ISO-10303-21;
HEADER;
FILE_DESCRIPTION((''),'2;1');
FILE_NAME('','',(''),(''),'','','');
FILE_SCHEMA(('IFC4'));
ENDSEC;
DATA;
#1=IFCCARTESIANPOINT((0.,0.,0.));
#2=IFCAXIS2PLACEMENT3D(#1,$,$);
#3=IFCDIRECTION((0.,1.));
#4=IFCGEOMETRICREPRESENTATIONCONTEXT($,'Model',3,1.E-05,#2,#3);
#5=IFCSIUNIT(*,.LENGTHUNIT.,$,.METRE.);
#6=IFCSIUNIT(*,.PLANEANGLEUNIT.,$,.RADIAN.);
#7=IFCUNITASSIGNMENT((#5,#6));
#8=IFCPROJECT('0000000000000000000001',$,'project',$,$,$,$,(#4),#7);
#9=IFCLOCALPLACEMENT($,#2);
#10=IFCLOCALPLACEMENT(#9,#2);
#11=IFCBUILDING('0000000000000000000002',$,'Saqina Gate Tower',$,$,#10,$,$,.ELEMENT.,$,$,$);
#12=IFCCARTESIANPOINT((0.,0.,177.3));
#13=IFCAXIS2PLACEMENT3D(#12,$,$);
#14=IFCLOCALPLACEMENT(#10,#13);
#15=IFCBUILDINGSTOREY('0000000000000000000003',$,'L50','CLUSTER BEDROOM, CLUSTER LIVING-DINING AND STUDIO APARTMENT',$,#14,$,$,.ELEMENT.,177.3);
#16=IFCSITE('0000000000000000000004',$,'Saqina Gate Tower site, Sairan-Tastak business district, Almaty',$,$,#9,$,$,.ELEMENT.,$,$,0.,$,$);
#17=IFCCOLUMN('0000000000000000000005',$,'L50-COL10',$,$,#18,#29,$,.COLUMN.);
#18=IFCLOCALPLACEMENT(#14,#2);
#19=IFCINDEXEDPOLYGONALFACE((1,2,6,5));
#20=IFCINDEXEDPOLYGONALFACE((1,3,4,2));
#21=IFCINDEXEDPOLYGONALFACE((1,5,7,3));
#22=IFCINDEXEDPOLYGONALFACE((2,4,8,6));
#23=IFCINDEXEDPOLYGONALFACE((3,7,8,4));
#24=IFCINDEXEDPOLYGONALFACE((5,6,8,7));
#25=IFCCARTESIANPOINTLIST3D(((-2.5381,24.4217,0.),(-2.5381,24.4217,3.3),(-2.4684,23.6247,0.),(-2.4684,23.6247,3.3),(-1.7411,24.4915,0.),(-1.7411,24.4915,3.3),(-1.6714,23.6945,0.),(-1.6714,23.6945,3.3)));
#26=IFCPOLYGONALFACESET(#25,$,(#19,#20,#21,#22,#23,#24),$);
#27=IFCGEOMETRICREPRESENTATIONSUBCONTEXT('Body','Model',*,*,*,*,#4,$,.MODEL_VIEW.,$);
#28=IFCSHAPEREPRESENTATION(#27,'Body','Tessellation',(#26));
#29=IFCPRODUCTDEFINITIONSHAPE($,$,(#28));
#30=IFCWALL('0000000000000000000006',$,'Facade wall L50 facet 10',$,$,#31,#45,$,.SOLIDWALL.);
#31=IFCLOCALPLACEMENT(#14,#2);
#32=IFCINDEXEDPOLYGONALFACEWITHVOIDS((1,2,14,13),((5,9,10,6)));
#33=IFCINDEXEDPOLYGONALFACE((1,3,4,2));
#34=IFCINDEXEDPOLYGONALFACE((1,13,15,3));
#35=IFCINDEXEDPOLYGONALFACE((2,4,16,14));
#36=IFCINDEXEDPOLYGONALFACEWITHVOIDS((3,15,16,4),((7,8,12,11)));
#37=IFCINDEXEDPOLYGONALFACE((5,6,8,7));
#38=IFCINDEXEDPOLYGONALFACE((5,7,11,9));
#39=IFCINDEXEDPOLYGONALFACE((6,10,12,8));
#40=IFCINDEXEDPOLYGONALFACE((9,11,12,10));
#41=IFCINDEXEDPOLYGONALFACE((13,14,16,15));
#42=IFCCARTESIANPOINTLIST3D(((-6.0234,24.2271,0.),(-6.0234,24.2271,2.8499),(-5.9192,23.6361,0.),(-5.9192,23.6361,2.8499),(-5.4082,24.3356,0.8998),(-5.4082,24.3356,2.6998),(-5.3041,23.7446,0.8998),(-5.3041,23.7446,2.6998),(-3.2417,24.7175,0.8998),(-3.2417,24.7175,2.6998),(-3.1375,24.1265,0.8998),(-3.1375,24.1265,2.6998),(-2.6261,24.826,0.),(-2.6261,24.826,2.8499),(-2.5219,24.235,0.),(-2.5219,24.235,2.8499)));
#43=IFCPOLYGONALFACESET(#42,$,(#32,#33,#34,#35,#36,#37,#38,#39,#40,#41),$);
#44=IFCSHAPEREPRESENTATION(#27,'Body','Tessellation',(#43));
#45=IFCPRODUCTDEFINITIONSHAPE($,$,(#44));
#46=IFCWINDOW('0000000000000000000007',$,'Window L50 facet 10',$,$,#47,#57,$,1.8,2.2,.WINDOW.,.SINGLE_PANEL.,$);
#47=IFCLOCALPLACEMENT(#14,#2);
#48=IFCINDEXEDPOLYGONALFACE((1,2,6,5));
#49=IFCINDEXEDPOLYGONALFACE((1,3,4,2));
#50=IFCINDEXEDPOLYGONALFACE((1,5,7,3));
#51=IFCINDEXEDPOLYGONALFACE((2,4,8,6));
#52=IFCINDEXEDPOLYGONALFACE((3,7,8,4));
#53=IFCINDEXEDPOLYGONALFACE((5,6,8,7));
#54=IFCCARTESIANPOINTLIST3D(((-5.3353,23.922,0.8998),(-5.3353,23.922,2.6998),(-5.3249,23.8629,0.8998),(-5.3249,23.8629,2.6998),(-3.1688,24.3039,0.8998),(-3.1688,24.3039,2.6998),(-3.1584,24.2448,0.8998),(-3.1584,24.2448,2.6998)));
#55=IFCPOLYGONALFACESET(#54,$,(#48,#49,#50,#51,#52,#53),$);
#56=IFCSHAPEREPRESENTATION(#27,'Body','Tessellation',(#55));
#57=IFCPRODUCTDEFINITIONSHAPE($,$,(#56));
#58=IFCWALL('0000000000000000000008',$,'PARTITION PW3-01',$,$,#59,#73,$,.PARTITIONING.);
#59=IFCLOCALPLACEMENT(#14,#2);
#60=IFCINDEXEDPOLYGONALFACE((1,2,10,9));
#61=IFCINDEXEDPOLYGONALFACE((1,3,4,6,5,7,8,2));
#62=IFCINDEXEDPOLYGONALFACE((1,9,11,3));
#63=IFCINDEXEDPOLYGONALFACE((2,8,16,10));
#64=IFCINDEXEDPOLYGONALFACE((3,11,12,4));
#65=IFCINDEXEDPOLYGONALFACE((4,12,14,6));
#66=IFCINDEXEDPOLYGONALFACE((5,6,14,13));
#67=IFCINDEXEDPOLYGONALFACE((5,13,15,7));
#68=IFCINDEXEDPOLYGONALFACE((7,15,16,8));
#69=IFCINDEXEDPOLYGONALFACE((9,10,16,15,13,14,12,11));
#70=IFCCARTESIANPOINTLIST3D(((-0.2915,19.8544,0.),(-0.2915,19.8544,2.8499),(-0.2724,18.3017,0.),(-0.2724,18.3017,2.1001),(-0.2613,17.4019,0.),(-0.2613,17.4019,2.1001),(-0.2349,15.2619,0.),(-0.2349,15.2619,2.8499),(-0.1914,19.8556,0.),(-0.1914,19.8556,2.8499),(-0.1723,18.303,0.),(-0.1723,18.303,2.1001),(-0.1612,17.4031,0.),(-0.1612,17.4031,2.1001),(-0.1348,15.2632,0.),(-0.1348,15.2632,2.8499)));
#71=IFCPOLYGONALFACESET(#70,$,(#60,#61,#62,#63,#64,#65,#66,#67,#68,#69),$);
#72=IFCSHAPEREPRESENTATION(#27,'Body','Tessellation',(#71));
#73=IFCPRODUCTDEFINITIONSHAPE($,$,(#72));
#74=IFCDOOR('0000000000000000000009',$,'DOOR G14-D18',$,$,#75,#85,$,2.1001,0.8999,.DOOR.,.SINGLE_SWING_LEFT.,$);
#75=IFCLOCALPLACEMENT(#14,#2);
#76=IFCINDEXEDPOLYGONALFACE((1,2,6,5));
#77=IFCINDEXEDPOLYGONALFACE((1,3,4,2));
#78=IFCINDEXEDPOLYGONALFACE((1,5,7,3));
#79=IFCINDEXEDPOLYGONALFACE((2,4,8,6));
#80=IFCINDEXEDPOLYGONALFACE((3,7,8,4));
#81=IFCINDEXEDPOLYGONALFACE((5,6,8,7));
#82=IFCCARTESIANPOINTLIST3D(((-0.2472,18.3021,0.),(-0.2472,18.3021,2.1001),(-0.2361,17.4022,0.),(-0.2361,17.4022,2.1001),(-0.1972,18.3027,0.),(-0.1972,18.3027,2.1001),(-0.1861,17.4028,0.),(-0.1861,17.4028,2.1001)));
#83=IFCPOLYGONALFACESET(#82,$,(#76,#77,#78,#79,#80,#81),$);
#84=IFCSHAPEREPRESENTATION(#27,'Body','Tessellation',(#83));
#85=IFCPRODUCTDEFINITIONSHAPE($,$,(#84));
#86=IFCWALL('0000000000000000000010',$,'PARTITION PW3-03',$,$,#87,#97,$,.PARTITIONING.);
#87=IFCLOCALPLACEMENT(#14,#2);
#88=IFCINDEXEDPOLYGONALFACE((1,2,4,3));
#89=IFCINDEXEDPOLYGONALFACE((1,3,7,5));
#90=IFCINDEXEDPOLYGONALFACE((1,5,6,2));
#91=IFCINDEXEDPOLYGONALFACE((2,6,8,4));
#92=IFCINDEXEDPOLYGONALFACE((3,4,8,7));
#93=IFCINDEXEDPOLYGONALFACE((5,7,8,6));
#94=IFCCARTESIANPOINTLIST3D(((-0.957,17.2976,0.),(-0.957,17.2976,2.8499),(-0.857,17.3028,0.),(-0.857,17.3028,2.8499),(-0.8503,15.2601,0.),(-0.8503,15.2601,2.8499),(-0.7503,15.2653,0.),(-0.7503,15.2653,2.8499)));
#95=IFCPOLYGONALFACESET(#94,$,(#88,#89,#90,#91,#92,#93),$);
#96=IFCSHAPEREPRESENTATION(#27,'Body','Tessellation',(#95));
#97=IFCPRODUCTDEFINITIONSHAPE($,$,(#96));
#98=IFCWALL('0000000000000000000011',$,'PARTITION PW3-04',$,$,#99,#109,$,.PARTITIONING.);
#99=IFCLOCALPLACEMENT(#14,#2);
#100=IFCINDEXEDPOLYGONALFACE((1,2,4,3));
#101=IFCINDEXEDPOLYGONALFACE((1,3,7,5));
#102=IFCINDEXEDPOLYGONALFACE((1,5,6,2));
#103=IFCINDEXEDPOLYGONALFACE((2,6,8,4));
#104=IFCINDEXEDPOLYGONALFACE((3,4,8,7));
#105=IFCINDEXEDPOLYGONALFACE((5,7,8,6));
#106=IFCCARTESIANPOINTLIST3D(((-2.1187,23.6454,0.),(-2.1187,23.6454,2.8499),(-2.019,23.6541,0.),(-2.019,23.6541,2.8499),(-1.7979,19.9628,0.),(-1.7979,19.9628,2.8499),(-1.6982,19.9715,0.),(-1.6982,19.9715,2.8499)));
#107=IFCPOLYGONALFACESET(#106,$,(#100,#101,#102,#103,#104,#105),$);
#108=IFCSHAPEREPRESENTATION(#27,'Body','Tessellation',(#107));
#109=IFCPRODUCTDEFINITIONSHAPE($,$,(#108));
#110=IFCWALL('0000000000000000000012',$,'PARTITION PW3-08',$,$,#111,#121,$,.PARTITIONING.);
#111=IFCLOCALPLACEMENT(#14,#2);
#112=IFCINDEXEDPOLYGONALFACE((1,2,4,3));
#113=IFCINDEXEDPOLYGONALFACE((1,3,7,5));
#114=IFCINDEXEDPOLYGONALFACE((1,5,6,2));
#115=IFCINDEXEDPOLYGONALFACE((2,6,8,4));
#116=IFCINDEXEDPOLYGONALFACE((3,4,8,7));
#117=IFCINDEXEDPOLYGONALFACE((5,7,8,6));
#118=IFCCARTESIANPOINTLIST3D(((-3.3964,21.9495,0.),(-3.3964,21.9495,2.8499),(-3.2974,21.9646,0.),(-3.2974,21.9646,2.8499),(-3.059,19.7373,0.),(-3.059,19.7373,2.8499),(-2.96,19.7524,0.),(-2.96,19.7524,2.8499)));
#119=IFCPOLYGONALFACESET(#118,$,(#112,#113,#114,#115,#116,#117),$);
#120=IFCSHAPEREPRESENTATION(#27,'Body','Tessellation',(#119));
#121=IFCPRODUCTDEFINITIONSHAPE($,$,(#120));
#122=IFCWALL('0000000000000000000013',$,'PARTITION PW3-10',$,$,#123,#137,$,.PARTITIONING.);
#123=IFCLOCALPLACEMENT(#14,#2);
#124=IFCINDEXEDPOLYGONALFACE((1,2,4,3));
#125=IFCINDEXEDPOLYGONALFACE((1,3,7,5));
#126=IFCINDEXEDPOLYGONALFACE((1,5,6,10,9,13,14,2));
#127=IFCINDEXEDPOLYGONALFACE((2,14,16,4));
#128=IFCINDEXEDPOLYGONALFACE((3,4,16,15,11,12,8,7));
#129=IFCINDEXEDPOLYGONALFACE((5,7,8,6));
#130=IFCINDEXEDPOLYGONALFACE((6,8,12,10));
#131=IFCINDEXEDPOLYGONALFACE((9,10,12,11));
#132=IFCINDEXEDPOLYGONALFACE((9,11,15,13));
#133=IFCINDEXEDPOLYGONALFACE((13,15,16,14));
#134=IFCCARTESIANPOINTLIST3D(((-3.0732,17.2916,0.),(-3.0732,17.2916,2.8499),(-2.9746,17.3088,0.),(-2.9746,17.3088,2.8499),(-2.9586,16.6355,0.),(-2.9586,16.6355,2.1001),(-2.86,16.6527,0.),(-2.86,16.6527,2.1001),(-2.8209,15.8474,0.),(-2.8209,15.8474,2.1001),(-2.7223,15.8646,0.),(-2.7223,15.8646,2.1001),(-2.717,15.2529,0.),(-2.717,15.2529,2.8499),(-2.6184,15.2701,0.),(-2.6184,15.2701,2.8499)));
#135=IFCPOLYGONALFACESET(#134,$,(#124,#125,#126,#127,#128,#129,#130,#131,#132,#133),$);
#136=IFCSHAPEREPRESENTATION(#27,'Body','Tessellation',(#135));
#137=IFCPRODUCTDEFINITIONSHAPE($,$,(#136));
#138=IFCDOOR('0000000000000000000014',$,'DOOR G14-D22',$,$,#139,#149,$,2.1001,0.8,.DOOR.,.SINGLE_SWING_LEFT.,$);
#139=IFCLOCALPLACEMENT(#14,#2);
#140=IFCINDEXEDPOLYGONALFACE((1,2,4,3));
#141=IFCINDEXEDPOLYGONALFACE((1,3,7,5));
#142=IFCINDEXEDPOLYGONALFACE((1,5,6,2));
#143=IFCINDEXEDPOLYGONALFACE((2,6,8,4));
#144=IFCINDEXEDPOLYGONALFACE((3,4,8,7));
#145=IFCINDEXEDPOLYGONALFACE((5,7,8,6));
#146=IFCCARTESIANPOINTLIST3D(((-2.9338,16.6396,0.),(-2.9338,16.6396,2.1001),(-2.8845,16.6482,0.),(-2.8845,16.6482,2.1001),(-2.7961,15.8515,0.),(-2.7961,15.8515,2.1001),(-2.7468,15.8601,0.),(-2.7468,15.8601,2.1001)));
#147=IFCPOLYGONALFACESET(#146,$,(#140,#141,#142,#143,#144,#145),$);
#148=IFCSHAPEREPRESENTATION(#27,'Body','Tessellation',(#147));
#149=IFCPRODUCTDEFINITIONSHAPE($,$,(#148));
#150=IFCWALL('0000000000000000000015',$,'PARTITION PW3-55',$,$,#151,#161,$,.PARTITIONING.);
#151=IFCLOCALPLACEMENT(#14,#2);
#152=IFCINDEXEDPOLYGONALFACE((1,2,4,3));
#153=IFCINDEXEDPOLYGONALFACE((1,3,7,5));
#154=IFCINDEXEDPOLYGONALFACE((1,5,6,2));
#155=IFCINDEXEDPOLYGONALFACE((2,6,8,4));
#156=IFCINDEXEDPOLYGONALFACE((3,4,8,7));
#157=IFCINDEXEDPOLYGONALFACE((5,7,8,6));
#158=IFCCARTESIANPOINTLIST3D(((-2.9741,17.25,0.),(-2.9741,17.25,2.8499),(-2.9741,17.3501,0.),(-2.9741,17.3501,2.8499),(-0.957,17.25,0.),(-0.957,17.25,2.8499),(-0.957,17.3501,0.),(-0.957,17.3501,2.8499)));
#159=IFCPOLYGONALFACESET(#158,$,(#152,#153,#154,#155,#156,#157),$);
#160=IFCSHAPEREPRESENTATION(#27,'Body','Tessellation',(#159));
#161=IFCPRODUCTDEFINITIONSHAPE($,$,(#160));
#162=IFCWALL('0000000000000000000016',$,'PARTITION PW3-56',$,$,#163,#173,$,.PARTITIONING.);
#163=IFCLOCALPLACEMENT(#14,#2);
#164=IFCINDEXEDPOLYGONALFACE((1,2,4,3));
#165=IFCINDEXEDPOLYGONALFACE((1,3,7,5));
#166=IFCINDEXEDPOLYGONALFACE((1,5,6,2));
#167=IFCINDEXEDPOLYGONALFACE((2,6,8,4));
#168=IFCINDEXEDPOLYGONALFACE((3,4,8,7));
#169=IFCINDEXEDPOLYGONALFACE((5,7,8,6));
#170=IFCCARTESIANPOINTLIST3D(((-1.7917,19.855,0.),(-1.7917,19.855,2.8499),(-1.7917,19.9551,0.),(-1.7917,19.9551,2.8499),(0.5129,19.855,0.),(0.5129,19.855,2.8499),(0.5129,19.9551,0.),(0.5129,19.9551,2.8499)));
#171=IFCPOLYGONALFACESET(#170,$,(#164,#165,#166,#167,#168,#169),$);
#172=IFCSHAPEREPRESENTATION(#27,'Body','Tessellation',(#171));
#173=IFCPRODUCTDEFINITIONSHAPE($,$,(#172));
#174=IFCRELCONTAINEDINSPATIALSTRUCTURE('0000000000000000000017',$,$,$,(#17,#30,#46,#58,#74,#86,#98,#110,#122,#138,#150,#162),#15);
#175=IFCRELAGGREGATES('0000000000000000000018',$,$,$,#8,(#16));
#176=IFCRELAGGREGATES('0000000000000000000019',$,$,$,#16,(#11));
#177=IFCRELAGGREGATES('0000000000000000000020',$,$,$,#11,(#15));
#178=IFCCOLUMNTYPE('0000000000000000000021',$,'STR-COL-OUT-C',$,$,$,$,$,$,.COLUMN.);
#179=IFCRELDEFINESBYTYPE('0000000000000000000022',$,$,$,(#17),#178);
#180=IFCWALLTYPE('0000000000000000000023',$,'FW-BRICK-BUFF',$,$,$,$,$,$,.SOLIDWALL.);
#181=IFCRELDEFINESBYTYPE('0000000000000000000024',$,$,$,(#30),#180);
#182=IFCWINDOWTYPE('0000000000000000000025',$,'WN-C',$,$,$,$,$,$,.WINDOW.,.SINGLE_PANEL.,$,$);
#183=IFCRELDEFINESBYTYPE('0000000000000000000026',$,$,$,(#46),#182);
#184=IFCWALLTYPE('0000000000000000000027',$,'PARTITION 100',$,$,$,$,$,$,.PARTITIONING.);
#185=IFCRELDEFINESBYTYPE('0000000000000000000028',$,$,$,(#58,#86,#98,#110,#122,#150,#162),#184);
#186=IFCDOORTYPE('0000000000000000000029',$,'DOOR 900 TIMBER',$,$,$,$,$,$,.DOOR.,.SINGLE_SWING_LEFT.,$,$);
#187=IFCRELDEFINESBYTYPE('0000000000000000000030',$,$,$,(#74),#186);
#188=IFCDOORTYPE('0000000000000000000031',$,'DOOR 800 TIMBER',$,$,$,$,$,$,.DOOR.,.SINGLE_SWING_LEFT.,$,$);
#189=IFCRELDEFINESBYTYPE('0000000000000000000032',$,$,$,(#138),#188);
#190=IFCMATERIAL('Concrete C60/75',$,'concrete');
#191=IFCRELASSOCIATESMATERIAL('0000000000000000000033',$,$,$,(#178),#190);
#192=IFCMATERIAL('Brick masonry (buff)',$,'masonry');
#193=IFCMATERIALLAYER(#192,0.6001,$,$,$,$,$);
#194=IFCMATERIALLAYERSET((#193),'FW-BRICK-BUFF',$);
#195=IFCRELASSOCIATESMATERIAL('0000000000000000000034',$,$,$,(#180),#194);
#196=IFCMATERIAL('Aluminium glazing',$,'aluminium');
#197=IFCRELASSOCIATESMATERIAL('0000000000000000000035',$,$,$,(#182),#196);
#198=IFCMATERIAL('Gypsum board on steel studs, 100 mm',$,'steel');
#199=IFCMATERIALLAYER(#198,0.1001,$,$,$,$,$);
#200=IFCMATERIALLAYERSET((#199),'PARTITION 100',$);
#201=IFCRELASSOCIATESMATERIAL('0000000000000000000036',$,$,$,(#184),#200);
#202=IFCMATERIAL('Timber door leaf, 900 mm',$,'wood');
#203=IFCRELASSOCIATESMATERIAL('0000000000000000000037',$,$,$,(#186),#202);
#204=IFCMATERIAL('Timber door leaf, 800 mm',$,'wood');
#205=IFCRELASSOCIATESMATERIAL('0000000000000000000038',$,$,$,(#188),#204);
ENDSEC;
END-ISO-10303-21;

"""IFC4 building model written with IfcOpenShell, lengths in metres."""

from ifc_helpers import new_model, si_unit, direction, frame, frame_2d, origin, origin_2d, place, context, subcontext, project, spatial, rectangle, extrude, material, layer, layer_set, material_profile, profile_set, type_object, element, fill, save


model = new_model("IFC4")

# Units and contexts
model_context = context("Model", 3, precision=1e-05, world=origin(), true_north=direction((0.0, 1.0)))
body_context = subcontext(model_context, "Body", "Model", "MODEL_VIEW")
ifc_project = project(units=[si_unit("LENGTHUNIT", "METRE"), si_unit("PLANEANGLEUNIT", "RADIAN")], contexts=[model_context])

# Site, building, storey
site_placement = place(None, origin())
site = spatial("IfcSite", under=ifc_project, at=site_placement, Name="Saqina Gate Tower site, Sairan-Tastak business district, Almaty", CompositionType="ELEMENT", RefElevation=0.0)
building_placement = place(site_placement, origin())
building = spatial("IfcBuilding", under=site, at=building_placement, Name="Saqina Gate Tower", CompositionType="ELEMENT")
storey_placement = place(building_placement, frame((0.0, 0.0, 177.3)))
storey = spatial("IfcBuildingStorey", under=building, at=storey_placement, Name="L50", Description="CLUSTER BEDROOM, CLUSTER LIVING-DINING AND STUDIO APARTMENT", CompositionType="ELEMENT", Elevation=177.3)

# Column
ifc_material_1 = material(Name="Concrete C60/75", Category="concrete")
ifc_material_profile = material_profile(ifc_material_1, rectangle(XDim=0.8, YDim=0.8, at=origin_2d()), Name="RC 800x800")
ifc_profile_set = profile_set([ifc_material_profile], Name="Concrete C60/75")
column_type = type_object("IfcColumnType", Name="STR-COL-OUT-C", PredefinedType="COLUMN", material=ifc_profile_set)
column_placement = place(storey_placement, frame((-2.1047, 24.0581, 0.0), z_axis=(0.0, 0.0, 1.0), x_axis=(-0.087156, 0.996195, 0.0)))
element("IfcColumn", 1, at=column_placement, inside=storey, type_object=column_type, Name="L50-COL10", PredefinedType="COLUMN", context=body_context, shape_type="SweptSolid", body=[
    extrude(rectangle(XDim=0.8, YDim=0.8, at=origin_2d()), origin(), (0.0, 0.0, 1.0), 3.3),
])

# Wall, opening, window
ifc_material_2 = material(Name="Brick masonry (buff)", Category="masonry")
ifc_layer_1 = layer(ifc_material_2, 0.6001)
ifc_layer_set_1 = layer_set([ifc_layer_1], Name="FW-BRICK-BUFF")
wall_type_1 = type_object("IfcWallType", Name="FW-BRICK-BUFF", PredefinedType="SOLIDWALL", material=ifc_layer_set_1)
wall_1_placement = place(storey_placement, frame((-2.574, 24.5305, 0.0), z_axis=(0.0, 0.0, 1.0), x_axis=(-0.984815, -0.173608, 0.0)))
wall_1 = element("IfcWall", 2, at=wall_1_placement, inside=storey, type_object=wall_type_1, Name="Facade wall L50 facet 10", PredefinedType="SOLIDWALL", context=body_context, shape_type="SweptSolid", body=[
    extrude(rectangle(XDim=3.4497, YDim=0.6001, at=frame_2d((1.7249, 0.0))), origin(), (0.0, 0.0, 1.0), 2.8499),
])
opening_1_placement = place(wall_1_placement, frame((0.625, 0.0, 0.8999)))
opening_1 = element("IfcOpeningElement", 3, at=opening_1_placement, cuts=wall_1, PredefinedType="OPENING", context=body_context, shape_type="SweptSolid", body=[
    extrude(rectangle(XDim=2.2, YDim=1.8, at=frame_2d((1.1001, 0.8999))), frame((0.0, 0.312, 0.0), z_axis=(0.0, -1.0, 0.0), x_axis=(1.0, 0.0, 0.0)), (0.0, 0.0, 1.0), 0.624),
])
ifc_material_3 = material(Name="Aluminium glazing", Category="aluminium")
window_type = type_object("IfcWindowType", Name="WN-C", PartitioningType="SINGLE_PANEL", PredefinedType="WINDOW", material=ifc_material_3)
window_placement = place(opening_1_placement, origin())
window = element("IfcWindow", 4, at=window_placement, inside=storey, type_object=window_type, Name="Window L50 facet 10", OverallHeight=1.8, OverallWidth=2.2, PartitioningType="SINGLE_PANEL", PredefinedType="WINDOW", context=body_context, shape_type="SweptSolid", body=[
    extrude(rectangle(XDim=2.2, YDim=1.8, at=frame_2d((1.1001, 0.8999))), frame((0.0, 0.1799, 0.0), z_axis=(0.0, -1.0, 0.0), x_axis=(1.0, 0.0, 0.0)), (0.0, 0.0, 1.0), 0.0601),
])
fill(opening_1, window)

# Wall, opening, door
ifc_material_4 = material(Name="Gypsum board on steel studs, 100 mm", Category="steel")
ifc_layer_2 = layer(ifc_material_4, 0.1001)
ifc_layer_set_2 = layer_set([ifc_layer_2], Name="PARTITION 100")
wall_type_2 = type_object("IfcWallType", Name="PARTITION 100", PredefinedType="PARTITIONING", material=ifc_layer_set_2)
wall_2_placement = place(storey_placement, frame((-0.2415, 19.855, 0.0), z_axis=(0.0, 0.0, 1.0), x_axis=(0.012332, -0.999924, 0.0)))
wall_2 = element("IfcWall", 5, at=wall_2_placement, inside=storey, type_object=wall_type_2, Name="PARTITION PW3-01", PredefinedType="PARTITIONING", context=body_context, shape_type="SweptSolid", body=[
    extrude(rectangle(XDim=4.5928, YDim=0.1001, at=frame_2d((2.2964, 0.0))), origin(), (0.0, 0.0, 1.0), 2.8499),
])
opening_2_placement = place(wall_2_placement, frame((1.5527, 0.0, 0.0)))
opening_2 = element("IfcOpeningElement", 6, at=opening_2_placement, cuts=wall_2, PredefinedType="OPENING", context=body_context, shape_type="SweptSolid", body=[
    extrude(rectangle(XDim=0.8999, YDim=2.1001, at=frame_2d((0.45, 1.05))), frame((0.0, 0.062, 0.0), z_axis=(0.0, -1.0, 0.0), x_axis=(1.0, 0.0, 0.0)), (0.0, 0.0, 1.0), 0.124),
])
ifc_material_5 = material(Name="Timber door leaf, 900 mm", Category="wood")
door_type_1 = type_object("IfcDoorType", Name="DOOR 900 TIMBER", OperationType="SINGLE_SWING_LEFT", PredefinedType="DOOR", material=ifc_material_5)
door_1_placement = place(opening_2_placement, frame((0.8999, 0.0, 0.0), z_axis=(0.0, 0.0, 1.0), x_axis=(-1.0, 0.0, 0.0)))
door_1 = element("IfcDoor", 7, at=door_1_placement, inside=storey, type_object=door_type_1, Name="DOOR G14-D18", OperationType="SINGLE_SWING_LEFT", OverallHeight=2.1001, OverallWidth=0.8999, PredefinedType="DOOR", context=body_context, shape_type="SweptSolid", body=[
    extrude(rectangle(XDim=0.8999, YDim=2.1001, at=frame_2d((0.45, 1.05))), frame((0.0, 0.0249, 0.0), z_axis=(0.0, -1.0, 0.0), x_axis=(1.0, 0.0, 0.0)), (0.0, 0.0, 1.0), 0.05),
])
fill(opening_2, door_1)

# Walls
wall_3_placement = place(storey_placement, frame((-0.907, 17.3, 0.0), z_axis=(0.0, 0.0, 1.0), x_axis=(0.052289, -0.998632, 0.0)))
element("IfcWall", 8, at=wall_3_placement, inside=storey, type_object=wall_type_2, Name="PARTITION PW3-03", PredefinedType="PARTITIONING", context=body_context, shape_type="SweptSolid", body=[
    extrude(rectangle(XDim=2.0403, YDim=0.1001, at=frame_2d((1.02, 0.0))), origin(), (0.0, 0.0, 1.0), 2.8499),
])
wall_4_placement = place(storey_placement, frame((-2.0688, 23.6497, 0.0), z_axis=(0.0, 0.0, 1.0), x_axis=(0.086784, -0.996227, 0.0)))
element("IfcWall", 9, at=wall_4_placement, inside=storey, type_object=wall_type_2, Name="PARTITION PW3-04", PredefinedType="PARTITIONING", context=body_context, shape_type="SweptSolid", body=[
    extrude(rectangle(XDim=3.6965, YDim=0.1001, at=frame_2d((1.8481, 0.0))), origin(), (0.0, 0.0, 1.0), 2.8499),
])
wall_5_placement = place(storey_placement, frame((-3.3469, 21.957, 0.0), z_axis=(0.0, 0.0, 1.0), x_axis=(0.150778, -0.988568, 0.0)))
element("IfcWall", 10, at=wall_5_placement, inside=storey, type_object=wall_type_2, Name="PARTITION PW3-08", PredefinedType="PARTITIONING", context=body_context, shape_type="SweptSolid", body=[
    extrude(rectangle(XDim=2.2378, YDim=0.1001, at=frame_2d((1.1189, 0.0))), origin(), (0.0, 0.0, 1.0), 2.8499),
])

# Wall, opening, door
wall_6_placement = place(storey_placement, frame((-3.0239, 17.3, 0.0), z_axis=(0.0, 0.0, 1.0), x_axis=(0.172123, -0.985076, 0.0)))
wall_6 = element("IfcWall", 11, at=wall_6_placement, inside=storey, type_object=wall_type_2, Name="PARTITION PW3-10", PredefinedType="PARTITIONING", context=body_context, shape_type="SweptSolid", body=[
    extrude(rectangle(XDim=2.0696, YDim=0.1001, at=frame_2d((1.0347, 0.0))), origin(), (0.0, 0.0, 1.0), 2.8499),
])
opening_3_placement = place(wall_6_placement, frame((0.666, 0.0, 0.0)))
opening_3 = element("IfcOpeningElement", 12, at=opening_3_placement, cuts=wall_6, PredefinedType="OPENING", context=body_context, shape_type="SweptSolid", body=[
    extrude(rectangle(XDim=0.8, YDim=2.1001, at=frame_2d((0.3999, 1.05))), frame((0.0, 0.062, 0.0), z_axis=(0.0, -1.0, 0.0), x_axis=(1.0, 0.0, 0.0)), (0.0, 0.0, 1.0), 0.124),
])
ifc_material_6 = material(Name="Timber door leaf, 800 mm", Category="wood")
door_type_2 = type_object("IfcDoorType", Name="DOOR 800 TIMBER", OperationType="SINGLE_SWING_LEFT", PredefinedType="DOOR", material=ifc_material_6)
door_2_placement = place(opening_3_placement, frame((0.8, 0.0, 0.0), z_axis=(0.0, 0.0, 1.0), x_axis=(-1.0, 0.0, 0.0)))
door_2 = element("IfcDoor", 13, at=door_2_placement, inside=storey, type_object=door_type_2, Name="DOOR G14-D22", OperationType="SINGLE_SWING_LEFT", OverallHeight=2.1001, OverallWidth=0.8, PredefinedType="DOOR", context=body_context, shape_type="SweptSolid", body=[
    extrude(rectangle(XDim=0.8, YDim=2.1001, at=frame_2d((0.3999, 1.05))), frame((0.0, 0.0249, 0.0), z_axis=(0.0, -1.0, 0.0), x_axis=(1.0, 0.0, 0.0)), (0.0, 0.0, 1.0), 0.05),
])
fill(opening_3, door_2)

# Walls
wall_7_placement = place(storey_placement, frame((-2.9741, 17.3, 0.0), z_axis=(0.0, 0.0, 1.0), x_axis=(1.0, 0.0, 0.0)))
element("IfcWall", 14, at=wall_7_placement, inside=storey, type_object=wall_type_2, Name="PARTITION PW3-55", PredefinedType="PARTITIONING", context=body_context, shape_type="SweptSolid", body=[
    extrude(rectangle(XDim=2.0171, YDim=0.1001, at=frame_2d((1.0085, 0.0))), origin(), (0.0, 0.0, 1.0), 2.8499),
])
wall_8_placement = place(storey_placement, frame((-1.7917, 19.905, 0.0), z_axis=(0.0, 0.0, 1.0), x_axis=(1.0, 0.0, 0.0)))
element("IfcWall", 15, at=wall_8_placement, inside=storey, type_object=wall_type_2, Name="PARTITION PW3-56", PredefinedType="PARTITIONING", context=body_context, shape_type="SweptSolid", body=[
    extrude(rectangle(XDim=2.3047, YDim=0.1001, at=frame_2d((1.1523, 0.0))), origin(), (0.0, 0.0, 1.0), 2.8499),
])

save(model, "model.ifc")
